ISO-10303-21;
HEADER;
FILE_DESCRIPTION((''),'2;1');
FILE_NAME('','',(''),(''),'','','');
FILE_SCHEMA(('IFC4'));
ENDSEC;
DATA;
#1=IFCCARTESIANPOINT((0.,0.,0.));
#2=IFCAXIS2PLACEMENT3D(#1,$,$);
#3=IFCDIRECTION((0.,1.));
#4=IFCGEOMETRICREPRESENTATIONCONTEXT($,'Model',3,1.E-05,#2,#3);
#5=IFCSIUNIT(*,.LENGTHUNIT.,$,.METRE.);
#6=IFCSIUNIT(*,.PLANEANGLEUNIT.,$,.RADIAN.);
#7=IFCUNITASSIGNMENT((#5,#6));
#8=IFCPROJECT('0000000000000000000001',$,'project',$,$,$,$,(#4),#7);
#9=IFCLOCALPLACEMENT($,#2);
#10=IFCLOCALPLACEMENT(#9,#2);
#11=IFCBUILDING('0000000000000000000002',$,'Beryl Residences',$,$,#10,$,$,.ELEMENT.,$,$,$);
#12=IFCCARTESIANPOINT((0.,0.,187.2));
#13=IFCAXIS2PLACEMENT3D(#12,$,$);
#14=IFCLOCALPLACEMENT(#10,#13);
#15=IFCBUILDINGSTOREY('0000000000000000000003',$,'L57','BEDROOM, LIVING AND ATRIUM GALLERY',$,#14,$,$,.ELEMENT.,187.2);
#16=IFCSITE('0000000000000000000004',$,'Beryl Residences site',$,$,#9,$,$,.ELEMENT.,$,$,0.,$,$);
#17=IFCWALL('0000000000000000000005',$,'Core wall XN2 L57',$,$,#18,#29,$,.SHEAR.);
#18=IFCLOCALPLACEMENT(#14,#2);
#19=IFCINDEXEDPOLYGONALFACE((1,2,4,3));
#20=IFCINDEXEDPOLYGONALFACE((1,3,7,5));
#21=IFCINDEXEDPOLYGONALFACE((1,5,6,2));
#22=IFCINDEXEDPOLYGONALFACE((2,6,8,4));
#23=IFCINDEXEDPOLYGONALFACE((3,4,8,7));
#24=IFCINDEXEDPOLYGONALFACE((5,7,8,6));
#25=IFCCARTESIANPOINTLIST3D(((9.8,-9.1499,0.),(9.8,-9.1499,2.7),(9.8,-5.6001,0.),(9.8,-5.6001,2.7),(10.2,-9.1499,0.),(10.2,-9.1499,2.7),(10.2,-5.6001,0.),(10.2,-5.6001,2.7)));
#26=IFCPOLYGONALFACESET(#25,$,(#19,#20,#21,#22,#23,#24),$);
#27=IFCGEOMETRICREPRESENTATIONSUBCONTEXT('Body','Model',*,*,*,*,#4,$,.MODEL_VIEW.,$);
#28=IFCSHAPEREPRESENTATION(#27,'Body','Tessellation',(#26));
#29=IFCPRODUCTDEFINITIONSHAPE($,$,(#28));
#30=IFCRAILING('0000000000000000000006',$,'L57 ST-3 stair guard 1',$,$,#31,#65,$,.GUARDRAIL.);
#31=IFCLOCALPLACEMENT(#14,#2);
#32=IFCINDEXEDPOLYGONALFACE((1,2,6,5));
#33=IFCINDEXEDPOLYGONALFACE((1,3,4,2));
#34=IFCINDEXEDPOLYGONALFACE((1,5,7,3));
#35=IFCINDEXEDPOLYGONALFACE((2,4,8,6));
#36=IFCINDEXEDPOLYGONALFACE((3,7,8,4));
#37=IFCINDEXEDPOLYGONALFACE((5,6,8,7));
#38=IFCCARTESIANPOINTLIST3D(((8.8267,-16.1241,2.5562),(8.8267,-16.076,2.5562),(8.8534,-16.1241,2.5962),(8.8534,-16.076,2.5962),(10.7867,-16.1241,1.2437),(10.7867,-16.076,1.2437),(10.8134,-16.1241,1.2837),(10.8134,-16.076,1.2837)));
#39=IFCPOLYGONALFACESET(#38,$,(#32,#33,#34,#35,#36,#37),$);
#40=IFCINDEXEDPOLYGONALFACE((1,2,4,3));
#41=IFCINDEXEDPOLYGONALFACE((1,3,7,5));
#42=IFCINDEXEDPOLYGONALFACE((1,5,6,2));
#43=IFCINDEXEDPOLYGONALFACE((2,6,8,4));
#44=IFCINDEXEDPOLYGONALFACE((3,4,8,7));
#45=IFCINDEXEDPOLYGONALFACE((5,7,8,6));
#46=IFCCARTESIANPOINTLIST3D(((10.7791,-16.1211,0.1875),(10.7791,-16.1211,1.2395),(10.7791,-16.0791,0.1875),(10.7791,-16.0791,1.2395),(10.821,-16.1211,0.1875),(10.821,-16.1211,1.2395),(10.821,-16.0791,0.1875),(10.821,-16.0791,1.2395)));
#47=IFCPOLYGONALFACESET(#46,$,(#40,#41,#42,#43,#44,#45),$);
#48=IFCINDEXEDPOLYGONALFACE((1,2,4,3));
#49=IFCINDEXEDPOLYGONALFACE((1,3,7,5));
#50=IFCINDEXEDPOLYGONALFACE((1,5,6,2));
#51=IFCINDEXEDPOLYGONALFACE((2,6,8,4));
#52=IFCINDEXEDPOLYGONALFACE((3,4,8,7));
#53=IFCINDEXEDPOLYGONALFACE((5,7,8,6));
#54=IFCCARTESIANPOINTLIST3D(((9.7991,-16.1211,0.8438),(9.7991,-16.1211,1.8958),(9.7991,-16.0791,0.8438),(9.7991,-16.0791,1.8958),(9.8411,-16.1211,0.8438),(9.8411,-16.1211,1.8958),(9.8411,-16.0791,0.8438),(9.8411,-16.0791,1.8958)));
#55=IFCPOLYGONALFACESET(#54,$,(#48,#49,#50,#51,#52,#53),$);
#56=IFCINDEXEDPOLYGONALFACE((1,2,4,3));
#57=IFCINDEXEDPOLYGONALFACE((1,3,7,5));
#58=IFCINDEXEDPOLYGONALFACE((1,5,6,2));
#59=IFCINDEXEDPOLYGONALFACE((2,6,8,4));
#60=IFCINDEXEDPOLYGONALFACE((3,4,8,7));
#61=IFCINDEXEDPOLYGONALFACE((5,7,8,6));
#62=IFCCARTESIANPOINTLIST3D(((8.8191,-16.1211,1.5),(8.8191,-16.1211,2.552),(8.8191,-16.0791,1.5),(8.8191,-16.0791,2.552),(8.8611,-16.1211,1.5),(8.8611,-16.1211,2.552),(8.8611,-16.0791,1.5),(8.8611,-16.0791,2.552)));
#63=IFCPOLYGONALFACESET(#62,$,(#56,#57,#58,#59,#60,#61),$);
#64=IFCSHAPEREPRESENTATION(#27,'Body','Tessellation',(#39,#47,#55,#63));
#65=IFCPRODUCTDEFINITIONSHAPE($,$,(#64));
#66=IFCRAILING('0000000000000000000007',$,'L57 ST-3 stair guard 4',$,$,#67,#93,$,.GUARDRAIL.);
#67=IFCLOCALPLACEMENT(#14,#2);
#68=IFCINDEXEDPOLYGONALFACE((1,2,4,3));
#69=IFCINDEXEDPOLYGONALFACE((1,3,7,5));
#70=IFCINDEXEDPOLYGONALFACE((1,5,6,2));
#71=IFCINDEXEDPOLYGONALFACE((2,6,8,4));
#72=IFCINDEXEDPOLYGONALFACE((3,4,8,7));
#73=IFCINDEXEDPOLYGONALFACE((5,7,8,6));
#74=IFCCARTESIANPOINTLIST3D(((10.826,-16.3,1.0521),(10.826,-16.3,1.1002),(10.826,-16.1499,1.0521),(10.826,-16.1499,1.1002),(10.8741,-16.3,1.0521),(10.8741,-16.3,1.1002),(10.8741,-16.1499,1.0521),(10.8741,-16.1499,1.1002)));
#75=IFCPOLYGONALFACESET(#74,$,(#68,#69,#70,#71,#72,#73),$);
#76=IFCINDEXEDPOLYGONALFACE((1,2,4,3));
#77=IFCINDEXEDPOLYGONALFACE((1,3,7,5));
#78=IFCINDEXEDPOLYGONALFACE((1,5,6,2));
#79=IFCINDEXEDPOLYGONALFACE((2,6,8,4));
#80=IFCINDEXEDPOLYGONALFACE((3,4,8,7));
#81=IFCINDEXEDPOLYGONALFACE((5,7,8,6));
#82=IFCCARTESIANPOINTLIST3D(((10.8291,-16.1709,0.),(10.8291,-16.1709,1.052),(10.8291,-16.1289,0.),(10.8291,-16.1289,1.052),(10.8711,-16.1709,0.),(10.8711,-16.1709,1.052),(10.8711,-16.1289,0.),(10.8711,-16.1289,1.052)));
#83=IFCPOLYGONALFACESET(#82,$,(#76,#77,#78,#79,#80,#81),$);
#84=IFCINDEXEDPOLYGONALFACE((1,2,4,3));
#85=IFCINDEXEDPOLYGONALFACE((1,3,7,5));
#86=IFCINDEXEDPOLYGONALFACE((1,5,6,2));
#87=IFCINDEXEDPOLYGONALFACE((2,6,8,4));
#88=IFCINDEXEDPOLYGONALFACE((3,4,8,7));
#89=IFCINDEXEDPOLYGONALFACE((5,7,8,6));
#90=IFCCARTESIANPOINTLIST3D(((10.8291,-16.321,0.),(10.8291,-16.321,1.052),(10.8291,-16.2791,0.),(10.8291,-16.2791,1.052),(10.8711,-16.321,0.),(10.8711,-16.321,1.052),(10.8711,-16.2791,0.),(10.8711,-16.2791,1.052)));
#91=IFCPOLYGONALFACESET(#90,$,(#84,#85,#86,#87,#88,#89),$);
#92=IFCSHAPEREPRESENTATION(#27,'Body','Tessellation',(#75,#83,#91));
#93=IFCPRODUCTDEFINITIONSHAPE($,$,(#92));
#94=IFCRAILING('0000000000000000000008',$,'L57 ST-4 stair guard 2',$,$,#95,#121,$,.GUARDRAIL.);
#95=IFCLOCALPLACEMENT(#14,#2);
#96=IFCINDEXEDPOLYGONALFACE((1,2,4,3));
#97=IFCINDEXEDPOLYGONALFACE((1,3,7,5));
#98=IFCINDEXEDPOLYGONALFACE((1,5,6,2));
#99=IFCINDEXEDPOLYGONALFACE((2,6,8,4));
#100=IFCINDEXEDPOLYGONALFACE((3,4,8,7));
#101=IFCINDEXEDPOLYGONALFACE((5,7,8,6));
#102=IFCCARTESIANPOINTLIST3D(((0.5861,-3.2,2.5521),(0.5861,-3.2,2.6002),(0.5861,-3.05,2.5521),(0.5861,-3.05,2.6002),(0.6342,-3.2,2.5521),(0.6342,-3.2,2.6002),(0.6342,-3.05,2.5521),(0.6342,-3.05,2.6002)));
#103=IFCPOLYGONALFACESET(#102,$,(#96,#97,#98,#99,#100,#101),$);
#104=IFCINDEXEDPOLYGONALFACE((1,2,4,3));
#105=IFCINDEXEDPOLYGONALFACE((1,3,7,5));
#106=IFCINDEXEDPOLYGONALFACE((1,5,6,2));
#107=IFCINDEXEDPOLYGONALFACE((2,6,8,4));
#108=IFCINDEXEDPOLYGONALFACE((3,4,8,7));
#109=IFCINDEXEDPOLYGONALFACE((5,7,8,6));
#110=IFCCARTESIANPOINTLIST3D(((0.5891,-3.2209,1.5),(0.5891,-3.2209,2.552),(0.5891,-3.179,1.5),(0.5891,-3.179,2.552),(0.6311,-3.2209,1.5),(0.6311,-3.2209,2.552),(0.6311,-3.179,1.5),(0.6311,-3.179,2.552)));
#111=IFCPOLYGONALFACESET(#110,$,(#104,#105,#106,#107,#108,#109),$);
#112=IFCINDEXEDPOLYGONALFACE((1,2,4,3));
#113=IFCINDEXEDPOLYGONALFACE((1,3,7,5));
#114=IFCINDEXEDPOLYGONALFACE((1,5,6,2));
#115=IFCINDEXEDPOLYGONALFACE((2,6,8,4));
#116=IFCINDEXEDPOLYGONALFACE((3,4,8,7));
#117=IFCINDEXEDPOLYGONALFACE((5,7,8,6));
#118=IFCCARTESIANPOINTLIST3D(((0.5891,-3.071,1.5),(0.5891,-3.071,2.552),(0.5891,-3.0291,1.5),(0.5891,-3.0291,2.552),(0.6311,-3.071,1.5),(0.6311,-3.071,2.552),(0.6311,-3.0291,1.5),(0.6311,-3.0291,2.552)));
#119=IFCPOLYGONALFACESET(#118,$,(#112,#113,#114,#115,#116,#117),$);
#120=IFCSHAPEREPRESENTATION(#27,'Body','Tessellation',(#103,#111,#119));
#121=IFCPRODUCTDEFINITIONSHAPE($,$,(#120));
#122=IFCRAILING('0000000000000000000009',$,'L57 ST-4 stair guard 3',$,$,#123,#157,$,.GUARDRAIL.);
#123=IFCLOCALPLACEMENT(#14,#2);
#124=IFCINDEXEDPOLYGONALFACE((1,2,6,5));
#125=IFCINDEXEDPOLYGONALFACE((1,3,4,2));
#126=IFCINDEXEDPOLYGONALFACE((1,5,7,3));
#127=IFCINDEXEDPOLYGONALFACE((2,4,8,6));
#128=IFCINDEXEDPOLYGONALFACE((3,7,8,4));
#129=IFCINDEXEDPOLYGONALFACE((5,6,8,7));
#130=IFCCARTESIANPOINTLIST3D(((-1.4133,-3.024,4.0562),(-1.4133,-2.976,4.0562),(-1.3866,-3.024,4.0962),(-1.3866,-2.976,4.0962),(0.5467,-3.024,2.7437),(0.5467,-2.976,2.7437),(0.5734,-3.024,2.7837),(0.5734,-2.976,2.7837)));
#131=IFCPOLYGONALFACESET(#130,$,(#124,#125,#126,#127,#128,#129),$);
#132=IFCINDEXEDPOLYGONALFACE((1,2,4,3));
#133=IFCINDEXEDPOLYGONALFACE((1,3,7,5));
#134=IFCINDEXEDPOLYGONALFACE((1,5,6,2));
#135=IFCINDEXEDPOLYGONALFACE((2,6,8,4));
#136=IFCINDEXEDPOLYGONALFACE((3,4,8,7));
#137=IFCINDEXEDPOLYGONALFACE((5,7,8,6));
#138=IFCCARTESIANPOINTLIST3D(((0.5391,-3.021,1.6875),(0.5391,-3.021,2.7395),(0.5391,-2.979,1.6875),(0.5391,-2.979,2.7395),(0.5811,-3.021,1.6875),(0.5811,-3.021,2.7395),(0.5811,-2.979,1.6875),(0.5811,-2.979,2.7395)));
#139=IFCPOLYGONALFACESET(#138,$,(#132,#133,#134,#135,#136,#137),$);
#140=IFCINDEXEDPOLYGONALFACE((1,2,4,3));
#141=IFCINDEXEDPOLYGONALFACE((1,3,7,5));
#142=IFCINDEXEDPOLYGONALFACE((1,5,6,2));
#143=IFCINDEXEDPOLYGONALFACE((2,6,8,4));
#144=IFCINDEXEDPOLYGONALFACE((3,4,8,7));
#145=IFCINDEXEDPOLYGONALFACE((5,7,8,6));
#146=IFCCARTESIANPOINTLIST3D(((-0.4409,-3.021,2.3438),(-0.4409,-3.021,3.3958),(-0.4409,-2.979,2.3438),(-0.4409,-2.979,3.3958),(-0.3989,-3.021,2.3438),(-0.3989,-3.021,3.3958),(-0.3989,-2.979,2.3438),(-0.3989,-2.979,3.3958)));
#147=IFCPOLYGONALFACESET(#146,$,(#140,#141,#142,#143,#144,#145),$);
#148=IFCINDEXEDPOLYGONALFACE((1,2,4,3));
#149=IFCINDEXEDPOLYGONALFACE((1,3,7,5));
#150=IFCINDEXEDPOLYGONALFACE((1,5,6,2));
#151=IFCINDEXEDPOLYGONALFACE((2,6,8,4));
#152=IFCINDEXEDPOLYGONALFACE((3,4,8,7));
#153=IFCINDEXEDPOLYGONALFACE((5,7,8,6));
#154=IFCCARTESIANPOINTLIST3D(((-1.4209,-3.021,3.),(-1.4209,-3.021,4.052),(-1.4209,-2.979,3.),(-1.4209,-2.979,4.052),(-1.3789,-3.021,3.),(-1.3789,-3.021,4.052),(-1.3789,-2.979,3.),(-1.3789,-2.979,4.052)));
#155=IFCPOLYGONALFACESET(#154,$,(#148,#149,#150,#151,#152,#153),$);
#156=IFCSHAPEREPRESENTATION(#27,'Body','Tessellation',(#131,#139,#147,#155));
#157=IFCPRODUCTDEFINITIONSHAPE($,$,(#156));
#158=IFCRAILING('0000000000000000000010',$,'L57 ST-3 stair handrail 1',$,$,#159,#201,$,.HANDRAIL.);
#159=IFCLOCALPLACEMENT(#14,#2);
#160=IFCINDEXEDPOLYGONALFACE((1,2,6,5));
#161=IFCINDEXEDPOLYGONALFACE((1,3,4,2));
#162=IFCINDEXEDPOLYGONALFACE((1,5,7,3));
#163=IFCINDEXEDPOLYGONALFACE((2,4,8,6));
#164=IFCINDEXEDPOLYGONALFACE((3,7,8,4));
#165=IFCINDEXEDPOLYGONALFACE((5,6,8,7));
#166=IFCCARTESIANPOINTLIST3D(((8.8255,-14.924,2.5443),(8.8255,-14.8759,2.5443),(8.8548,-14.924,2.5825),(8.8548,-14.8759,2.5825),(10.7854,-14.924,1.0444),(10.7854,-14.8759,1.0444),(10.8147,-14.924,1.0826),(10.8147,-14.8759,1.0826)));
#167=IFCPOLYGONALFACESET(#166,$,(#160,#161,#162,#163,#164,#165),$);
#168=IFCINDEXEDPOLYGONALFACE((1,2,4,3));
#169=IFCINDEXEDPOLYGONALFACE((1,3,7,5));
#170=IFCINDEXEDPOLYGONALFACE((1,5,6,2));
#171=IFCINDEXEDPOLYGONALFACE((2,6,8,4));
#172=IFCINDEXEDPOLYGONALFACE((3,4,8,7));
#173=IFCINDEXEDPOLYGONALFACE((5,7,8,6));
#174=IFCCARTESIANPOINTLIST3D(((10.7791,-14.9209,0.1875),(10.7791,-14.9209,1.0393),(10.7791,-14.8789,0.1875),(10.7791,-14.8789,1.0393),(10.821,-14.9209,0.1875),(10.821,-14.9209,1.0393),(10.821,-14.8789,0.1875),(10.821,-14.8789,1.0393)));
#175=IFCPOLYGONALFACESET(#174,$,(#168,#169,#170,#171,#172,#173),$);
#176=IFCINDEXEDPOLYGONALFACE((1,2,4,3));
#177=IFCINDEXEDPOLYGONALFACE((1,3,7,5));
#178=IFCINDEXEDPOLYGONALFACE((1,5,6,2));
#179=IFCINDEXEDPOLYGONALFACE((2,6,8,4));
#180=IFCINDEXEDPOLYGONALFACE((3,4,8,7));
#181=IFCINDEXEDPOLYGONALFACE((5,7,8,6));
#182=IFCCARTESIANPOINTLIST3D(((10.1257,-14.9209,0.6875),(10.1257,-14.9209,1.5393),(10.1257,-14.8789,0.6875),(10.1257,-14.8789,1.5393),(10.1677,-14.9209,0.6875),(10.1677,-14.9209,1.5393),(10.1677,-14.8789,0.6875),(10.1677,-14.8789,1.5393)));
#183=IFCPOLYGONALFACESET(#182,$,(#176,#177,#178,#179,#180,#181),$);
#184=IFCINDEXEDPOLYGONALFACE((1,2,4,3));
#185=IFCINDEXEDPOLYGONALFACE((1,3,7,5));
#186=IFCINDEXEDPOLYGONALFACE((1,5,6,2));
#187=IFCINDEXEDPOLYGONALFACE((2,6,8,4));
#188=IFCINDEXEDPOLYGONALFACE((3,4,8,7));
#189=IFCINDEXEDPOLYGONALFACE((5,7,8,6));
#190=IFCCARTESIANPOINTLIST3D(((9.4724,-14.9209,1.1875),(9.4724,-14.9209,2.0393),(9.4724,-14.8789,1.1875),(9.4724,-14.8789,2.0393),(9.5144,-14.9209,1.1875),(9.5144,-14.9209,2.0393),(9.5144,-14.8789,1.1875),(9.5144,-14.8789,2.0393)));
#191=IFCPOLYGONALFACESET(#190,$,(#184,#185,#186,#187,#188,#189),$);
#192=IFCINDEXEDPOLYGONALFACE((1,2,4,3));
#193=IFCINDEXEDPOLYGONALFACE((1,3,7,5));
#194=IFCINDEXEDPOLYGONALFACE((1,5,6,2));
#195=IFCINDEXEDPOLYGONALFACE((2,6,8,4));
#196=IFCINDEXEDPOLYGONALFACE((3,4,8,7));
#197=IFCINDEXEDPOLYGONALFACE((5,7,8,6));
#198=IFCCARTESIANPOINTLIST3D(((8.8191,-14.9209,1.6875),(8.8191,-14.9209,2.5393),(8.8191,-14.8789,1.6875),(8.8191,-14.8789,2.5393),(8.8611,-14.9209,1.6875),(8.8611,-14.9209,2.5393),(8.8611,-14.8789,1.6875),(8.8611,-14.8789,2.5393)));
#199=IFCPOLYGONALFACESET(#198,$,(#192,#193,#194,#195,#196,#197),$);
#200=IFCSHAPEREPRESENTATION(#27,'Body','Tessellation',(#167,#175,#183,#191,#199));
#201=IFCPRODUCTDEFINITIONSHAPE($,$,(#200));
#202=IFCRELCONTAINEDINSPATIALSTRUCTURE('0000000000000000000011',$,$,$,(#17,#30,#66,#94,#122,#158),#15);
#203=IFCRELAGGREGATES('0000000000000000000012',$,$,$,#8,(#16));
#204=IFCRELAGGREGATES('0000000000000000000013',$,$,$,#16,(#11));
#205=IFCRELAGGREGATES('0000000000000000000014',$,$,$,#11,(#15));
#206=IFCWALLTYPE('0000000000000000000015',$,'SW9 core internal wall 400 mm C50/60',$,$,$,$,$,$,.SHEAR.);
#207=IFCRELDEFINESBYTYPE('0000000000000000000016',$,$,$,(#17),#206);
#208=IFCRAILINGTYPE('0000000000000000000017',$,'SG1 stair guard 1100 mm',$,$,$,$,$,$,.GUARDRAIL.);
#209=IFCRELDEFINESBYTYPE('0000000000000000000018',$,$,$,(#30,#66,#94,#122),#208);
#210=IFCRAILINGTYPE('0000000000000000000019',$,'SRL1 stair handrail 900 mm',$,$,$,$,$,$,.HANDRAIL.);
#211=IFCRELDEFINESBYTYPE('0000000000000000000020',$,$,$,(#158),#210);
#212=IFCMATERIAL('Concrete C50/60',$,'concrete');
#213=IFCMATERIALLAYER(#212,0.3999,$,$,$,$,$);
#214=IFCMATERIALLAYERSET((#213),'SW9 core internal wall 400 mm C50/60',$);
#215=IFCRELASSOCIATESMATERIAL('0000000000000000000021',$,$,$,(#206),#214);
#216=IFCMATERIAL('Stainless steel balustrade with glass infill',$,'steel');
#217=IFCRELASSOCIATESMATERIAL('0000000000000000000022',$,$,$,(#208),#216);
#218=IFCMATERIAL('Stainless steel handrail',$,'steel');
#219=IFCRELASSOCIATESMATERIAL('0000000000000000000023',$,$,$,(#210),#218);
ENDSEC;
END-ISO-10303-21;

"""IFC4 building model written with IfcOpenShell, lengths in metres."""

from ifc_helpers import new_model, si_unit, direction, frame, frame_2d, origin, origin_2d, place, context, subcontext, project, spatial, rectangle, extrude, material, layer, layer_set, type_object, element, save


model = new_model("IFC4")

# Units and contexts
model_context = context("Model", 3, precision=1e-05, world=origin(), true_north=direction((0.0, 1.0)))
body_context = subcontext(model_context, "Body", "Model", "MODEL_VIEW")
ifc_project = project(units=[si_unit("LENGTHUNIT", "METRE"), si_unit("PLANEANGLEUNIT", "RADIAN")], contexts=[model_context])

# Site, building, storey
site_placement = place(None, origin())
site = spatial("IfcSite", under=ifc_project, at=site_placement, Name="Beryl Residences site", CompositionType="ELEMENT", RefElevation=0.0)
building_placement = place(site_placement, origin())
building = spatial("IfcBuilding", under=site, at=building_placement, Name="Beryl Residences", CompositionType="ELEMENT")
storey_placement = place(building_placement, frame((0.0, 0.0, 187.2)))
storey = spatial("IfcBuildingStorey", under=building, at=storey_placement, Name="L57", Description="BEDROOM, LIVING AND ATRIUM GALLERY", CompositionType="ELEMENT", Elevation=187.2)

# Wall
ifc_material_1 = material(Name="Concrete C50/60", Category="concrete")
ifc_layer_1 = layer(ifc_material_1, 0.3999)
ifc_layer_set_1 = layer_set([ifc_layer_1], Name="SW9 core internal wall 400 mm C50/60")
wall_type_1 = type_object("IfcWallType", Name="SW9 core internal wall 400 mm C50/60", PredefinedType="SHEAR", material=ifc_layer_set_1)
wall_1_placement = place(storey_placement, frame((10.0, -9.1499, 0.0), z_axis=(0.0, 0.0, 1.0), x_axis=(0.0, 1.0, 0.0)))
element("IfcWall", 1, at=wall_1_placement, inside=storey, type_object=wall_type_1, Name="Core wall XN2 L57", PredefinedType="SHEAR", context=body_context, shape_type="SweptSolid", body=[
    extrude(rectangle(XDim=3.5498, YDim=0.3999, at=frame_2d((1.7749, 0.0))), origin(), (0.0, 0.0, 1.0), 2.7),
])

# Railings
ifc_material_2 = material(Name="Stainless steel balustrade with glass infill", Category="steel")
railing_type_1 = type_object("IfcRailingType", Name="SG1 stair guard 1100 mm", PredefinedType="GUARDRAIL", material=ifc_material_2)
railing_1_placement = place(storey_placement, frame((10.8, -16.1001, 0.1875)))
element("IfcRailing", 2, at=railing_1_placement, inside=storey, type_object=railing_type_1, Name="L57 ST-3 stair guard 1", PredefinedType="GUARDRAIL", context=body_context, shape_type="SweptSolid", body=[
    extrude(rectangle(XDim=0.0481, YDim=0.0481, at=origin_2d()), frame((0.0, 0.0, 1.0762), z_axis=(-0.830902, 0.0, 0.556419), x_axis=(0.0, -1.0, 0.0)), (0.0, 0.0, 1.0), 2.3589),
    extrude(rectangle(XDim=0.042, YDim=0.042, at=origin_2d()), origin(), (0.0, 0.0, 1.0), 1.052),
    extrude(rectangle(XDim=0.042, YDim=0.042, at=origin_2d()), frame((-0.98, 0.0, 0.6562)), (0.0, 0.0, 1.0), 1.052),
    extrude(rectangle(XDim=0.042, YDim=0.042, at=origin_2d()), frame((-1.96, 0.0, 1.3125)), (0.0, 0.0, 1.0), 1.052),
])
railing_2_placement = place(storey_placement, frame((10.8501, -16.1499, 0.0)))
element("IfcRailing", 3, at=railing_2_placement, inside=storey, type_object=railing_type_1, Name="L57 ST-3 stair guard 4", PredefinedType="GUARDRAIL", context=body_context, shape_type="SweptSolid", body=[
    extrude(rectangle(XDim=0.0481, YDim=0.0481, at=origin_2d()), frame((0.0, 0.0, 1.0762), z_axis=(0.0, -1.0, 0.0), x_axis=(1.0, 0.0, 0.0)), (0.0, 0.0, 1.0), 0.1501),
    extrude(rectangle(XDim=0.042, YDim=0.042, at=origin_2d()), origin(), (0.0, 0.0, 1.0), 1.052),
    extrude(rectangle(XDim=0.042, YDim=0.042, at=origin_2d()), frame((0.0, -0.1501, 0.0)), (0.0, 0.0, 1.0), 1.052),
])
railing_3_placement = place(storey_placement, frame((0.6101, -3.2, 1.5)))
element("IfcRailing", 4, at=railing_3_placement, inside=storey, type_object=railing_type_1, Name="L57 ST-4 stair guard 2", PredefinedType="GUARDRAIL", context=body_context, shape_type="SweptSolid", body=[
    extrude(rectangle(XDim=0.0481, YDim=0.0481, at=origin_2d()), frame((0.0, 0.0, 1.0762), z_axis=(0.0, 1.0, 0.0), x_axis=(-1.0, 0.0, 0.0)), (0.0, 0.0, 1.0), 0.1499),
    extrude(rectangle(XDim=0.042, YDim=0.042, at=origin_2d()), origin(), (0.0, 0.0, 1.0), 1.052),
    extrude(rectangle(XDim=0.042, YDim=0.042, at=origin_2d()), frame((0.0, 0.1499, 0.0)), (0.0, 0.0, 1.0), 1.052),
])
railing_4_placement = place(storey_placement, frame((0.5601, -3.0, 1.6875)))
element("IfcRailing", 5, at=railing_4_placement, inside=storey, type_object=railing_type_1, Name="L57 ST-4 stair guard 3", PredefinedType="GUARDRAIL", context=body_context, shape_type="SweptSolid", body=[
    extrude(rectangle(XDim=0.0481, YDim=0.0481, at=origin_2d()), frame((0.0, 0.0, 1.0762), z_axis=(-0.830902, 0.0, 0.556419), x_axis=(0.0, -1.0, 0.0)), (0.0, 0.0, 1.0), 2.3589),
    extrude(rectangle(XDim=0.042, YDim=0.042, at=origin_2d()), origin(), (0.0, 0.0, 1.0), 1.052),
    extrude(rectangle(XDim=0.042, YDim=0.042, at=origin_2d()), frame((-0.98, 0.0, 0.6562)), (0.0, 0.0, 1.0), 1.052),
    extrude(rectangle(XDim=0.042, YDim=0.042, at=origin_2d()), frame((-1.96, 0.0, 1.3125)), (0.0, 0.0, 1.0), 1.052),
])
ifc_material_3 = material(Name="Stainless steel handrail", Category="steel")
railing_type_2 = type_object("IfcRailingType", Name="SRL1 stair handrail 900 mm", PredefinedType="HANDRAIL", material=ifc_material_3)
for number, where, name in (
    (6, (10.8, -14.8999, 0.1875), "L57 ST-3 stair handrail 1"),
):
    element("IfcRailing", number, at=place(storey_placement, frame(where)), inside=storey, type_object=railing_type_2, Name=name, PredefinedType="HANDRAIL", context=body_context, shape_type="SweptSolid", body=[
        extrude(rectangle(XDim=0.0481, YDim=0.0481, at=origin_2d()), frame((0.0, 0.0, 0.876), z_axis=(-0.794122, 0.0, 0.607758), x_axis=(0.0, -1.0, 0.0)), (0.0, 0.0, 1.0), 2.468),
        extrude(rectangle(XDim=0.042, YDim=0.042, at=origin_2d()), origin(), (0.0, 0.0, 1.0), 0.8518),
        extrude(rectangle(XDim=0.042, YDim=0.042, at=origin_2d()), frame((-0.6533, 0.0, 0.5)), (0.0, 0.0, 1.0), 0.8518),
        extrude(rectangle(XDim=0.042, YDim=0.042, at=origin_2d()), frame((-1.3066, 0.0, 1.0)), (0.0, 0.0, 1.0), 0.8518),
        extrude(rectangle(XDim=0.042, YDim=0.042, at=origin_2d()), frame((-1.96, 0.0, 1.5)), (0.0, 0.0, 1.0), 0.8518),
    ])

save(model, "model.ifc")
